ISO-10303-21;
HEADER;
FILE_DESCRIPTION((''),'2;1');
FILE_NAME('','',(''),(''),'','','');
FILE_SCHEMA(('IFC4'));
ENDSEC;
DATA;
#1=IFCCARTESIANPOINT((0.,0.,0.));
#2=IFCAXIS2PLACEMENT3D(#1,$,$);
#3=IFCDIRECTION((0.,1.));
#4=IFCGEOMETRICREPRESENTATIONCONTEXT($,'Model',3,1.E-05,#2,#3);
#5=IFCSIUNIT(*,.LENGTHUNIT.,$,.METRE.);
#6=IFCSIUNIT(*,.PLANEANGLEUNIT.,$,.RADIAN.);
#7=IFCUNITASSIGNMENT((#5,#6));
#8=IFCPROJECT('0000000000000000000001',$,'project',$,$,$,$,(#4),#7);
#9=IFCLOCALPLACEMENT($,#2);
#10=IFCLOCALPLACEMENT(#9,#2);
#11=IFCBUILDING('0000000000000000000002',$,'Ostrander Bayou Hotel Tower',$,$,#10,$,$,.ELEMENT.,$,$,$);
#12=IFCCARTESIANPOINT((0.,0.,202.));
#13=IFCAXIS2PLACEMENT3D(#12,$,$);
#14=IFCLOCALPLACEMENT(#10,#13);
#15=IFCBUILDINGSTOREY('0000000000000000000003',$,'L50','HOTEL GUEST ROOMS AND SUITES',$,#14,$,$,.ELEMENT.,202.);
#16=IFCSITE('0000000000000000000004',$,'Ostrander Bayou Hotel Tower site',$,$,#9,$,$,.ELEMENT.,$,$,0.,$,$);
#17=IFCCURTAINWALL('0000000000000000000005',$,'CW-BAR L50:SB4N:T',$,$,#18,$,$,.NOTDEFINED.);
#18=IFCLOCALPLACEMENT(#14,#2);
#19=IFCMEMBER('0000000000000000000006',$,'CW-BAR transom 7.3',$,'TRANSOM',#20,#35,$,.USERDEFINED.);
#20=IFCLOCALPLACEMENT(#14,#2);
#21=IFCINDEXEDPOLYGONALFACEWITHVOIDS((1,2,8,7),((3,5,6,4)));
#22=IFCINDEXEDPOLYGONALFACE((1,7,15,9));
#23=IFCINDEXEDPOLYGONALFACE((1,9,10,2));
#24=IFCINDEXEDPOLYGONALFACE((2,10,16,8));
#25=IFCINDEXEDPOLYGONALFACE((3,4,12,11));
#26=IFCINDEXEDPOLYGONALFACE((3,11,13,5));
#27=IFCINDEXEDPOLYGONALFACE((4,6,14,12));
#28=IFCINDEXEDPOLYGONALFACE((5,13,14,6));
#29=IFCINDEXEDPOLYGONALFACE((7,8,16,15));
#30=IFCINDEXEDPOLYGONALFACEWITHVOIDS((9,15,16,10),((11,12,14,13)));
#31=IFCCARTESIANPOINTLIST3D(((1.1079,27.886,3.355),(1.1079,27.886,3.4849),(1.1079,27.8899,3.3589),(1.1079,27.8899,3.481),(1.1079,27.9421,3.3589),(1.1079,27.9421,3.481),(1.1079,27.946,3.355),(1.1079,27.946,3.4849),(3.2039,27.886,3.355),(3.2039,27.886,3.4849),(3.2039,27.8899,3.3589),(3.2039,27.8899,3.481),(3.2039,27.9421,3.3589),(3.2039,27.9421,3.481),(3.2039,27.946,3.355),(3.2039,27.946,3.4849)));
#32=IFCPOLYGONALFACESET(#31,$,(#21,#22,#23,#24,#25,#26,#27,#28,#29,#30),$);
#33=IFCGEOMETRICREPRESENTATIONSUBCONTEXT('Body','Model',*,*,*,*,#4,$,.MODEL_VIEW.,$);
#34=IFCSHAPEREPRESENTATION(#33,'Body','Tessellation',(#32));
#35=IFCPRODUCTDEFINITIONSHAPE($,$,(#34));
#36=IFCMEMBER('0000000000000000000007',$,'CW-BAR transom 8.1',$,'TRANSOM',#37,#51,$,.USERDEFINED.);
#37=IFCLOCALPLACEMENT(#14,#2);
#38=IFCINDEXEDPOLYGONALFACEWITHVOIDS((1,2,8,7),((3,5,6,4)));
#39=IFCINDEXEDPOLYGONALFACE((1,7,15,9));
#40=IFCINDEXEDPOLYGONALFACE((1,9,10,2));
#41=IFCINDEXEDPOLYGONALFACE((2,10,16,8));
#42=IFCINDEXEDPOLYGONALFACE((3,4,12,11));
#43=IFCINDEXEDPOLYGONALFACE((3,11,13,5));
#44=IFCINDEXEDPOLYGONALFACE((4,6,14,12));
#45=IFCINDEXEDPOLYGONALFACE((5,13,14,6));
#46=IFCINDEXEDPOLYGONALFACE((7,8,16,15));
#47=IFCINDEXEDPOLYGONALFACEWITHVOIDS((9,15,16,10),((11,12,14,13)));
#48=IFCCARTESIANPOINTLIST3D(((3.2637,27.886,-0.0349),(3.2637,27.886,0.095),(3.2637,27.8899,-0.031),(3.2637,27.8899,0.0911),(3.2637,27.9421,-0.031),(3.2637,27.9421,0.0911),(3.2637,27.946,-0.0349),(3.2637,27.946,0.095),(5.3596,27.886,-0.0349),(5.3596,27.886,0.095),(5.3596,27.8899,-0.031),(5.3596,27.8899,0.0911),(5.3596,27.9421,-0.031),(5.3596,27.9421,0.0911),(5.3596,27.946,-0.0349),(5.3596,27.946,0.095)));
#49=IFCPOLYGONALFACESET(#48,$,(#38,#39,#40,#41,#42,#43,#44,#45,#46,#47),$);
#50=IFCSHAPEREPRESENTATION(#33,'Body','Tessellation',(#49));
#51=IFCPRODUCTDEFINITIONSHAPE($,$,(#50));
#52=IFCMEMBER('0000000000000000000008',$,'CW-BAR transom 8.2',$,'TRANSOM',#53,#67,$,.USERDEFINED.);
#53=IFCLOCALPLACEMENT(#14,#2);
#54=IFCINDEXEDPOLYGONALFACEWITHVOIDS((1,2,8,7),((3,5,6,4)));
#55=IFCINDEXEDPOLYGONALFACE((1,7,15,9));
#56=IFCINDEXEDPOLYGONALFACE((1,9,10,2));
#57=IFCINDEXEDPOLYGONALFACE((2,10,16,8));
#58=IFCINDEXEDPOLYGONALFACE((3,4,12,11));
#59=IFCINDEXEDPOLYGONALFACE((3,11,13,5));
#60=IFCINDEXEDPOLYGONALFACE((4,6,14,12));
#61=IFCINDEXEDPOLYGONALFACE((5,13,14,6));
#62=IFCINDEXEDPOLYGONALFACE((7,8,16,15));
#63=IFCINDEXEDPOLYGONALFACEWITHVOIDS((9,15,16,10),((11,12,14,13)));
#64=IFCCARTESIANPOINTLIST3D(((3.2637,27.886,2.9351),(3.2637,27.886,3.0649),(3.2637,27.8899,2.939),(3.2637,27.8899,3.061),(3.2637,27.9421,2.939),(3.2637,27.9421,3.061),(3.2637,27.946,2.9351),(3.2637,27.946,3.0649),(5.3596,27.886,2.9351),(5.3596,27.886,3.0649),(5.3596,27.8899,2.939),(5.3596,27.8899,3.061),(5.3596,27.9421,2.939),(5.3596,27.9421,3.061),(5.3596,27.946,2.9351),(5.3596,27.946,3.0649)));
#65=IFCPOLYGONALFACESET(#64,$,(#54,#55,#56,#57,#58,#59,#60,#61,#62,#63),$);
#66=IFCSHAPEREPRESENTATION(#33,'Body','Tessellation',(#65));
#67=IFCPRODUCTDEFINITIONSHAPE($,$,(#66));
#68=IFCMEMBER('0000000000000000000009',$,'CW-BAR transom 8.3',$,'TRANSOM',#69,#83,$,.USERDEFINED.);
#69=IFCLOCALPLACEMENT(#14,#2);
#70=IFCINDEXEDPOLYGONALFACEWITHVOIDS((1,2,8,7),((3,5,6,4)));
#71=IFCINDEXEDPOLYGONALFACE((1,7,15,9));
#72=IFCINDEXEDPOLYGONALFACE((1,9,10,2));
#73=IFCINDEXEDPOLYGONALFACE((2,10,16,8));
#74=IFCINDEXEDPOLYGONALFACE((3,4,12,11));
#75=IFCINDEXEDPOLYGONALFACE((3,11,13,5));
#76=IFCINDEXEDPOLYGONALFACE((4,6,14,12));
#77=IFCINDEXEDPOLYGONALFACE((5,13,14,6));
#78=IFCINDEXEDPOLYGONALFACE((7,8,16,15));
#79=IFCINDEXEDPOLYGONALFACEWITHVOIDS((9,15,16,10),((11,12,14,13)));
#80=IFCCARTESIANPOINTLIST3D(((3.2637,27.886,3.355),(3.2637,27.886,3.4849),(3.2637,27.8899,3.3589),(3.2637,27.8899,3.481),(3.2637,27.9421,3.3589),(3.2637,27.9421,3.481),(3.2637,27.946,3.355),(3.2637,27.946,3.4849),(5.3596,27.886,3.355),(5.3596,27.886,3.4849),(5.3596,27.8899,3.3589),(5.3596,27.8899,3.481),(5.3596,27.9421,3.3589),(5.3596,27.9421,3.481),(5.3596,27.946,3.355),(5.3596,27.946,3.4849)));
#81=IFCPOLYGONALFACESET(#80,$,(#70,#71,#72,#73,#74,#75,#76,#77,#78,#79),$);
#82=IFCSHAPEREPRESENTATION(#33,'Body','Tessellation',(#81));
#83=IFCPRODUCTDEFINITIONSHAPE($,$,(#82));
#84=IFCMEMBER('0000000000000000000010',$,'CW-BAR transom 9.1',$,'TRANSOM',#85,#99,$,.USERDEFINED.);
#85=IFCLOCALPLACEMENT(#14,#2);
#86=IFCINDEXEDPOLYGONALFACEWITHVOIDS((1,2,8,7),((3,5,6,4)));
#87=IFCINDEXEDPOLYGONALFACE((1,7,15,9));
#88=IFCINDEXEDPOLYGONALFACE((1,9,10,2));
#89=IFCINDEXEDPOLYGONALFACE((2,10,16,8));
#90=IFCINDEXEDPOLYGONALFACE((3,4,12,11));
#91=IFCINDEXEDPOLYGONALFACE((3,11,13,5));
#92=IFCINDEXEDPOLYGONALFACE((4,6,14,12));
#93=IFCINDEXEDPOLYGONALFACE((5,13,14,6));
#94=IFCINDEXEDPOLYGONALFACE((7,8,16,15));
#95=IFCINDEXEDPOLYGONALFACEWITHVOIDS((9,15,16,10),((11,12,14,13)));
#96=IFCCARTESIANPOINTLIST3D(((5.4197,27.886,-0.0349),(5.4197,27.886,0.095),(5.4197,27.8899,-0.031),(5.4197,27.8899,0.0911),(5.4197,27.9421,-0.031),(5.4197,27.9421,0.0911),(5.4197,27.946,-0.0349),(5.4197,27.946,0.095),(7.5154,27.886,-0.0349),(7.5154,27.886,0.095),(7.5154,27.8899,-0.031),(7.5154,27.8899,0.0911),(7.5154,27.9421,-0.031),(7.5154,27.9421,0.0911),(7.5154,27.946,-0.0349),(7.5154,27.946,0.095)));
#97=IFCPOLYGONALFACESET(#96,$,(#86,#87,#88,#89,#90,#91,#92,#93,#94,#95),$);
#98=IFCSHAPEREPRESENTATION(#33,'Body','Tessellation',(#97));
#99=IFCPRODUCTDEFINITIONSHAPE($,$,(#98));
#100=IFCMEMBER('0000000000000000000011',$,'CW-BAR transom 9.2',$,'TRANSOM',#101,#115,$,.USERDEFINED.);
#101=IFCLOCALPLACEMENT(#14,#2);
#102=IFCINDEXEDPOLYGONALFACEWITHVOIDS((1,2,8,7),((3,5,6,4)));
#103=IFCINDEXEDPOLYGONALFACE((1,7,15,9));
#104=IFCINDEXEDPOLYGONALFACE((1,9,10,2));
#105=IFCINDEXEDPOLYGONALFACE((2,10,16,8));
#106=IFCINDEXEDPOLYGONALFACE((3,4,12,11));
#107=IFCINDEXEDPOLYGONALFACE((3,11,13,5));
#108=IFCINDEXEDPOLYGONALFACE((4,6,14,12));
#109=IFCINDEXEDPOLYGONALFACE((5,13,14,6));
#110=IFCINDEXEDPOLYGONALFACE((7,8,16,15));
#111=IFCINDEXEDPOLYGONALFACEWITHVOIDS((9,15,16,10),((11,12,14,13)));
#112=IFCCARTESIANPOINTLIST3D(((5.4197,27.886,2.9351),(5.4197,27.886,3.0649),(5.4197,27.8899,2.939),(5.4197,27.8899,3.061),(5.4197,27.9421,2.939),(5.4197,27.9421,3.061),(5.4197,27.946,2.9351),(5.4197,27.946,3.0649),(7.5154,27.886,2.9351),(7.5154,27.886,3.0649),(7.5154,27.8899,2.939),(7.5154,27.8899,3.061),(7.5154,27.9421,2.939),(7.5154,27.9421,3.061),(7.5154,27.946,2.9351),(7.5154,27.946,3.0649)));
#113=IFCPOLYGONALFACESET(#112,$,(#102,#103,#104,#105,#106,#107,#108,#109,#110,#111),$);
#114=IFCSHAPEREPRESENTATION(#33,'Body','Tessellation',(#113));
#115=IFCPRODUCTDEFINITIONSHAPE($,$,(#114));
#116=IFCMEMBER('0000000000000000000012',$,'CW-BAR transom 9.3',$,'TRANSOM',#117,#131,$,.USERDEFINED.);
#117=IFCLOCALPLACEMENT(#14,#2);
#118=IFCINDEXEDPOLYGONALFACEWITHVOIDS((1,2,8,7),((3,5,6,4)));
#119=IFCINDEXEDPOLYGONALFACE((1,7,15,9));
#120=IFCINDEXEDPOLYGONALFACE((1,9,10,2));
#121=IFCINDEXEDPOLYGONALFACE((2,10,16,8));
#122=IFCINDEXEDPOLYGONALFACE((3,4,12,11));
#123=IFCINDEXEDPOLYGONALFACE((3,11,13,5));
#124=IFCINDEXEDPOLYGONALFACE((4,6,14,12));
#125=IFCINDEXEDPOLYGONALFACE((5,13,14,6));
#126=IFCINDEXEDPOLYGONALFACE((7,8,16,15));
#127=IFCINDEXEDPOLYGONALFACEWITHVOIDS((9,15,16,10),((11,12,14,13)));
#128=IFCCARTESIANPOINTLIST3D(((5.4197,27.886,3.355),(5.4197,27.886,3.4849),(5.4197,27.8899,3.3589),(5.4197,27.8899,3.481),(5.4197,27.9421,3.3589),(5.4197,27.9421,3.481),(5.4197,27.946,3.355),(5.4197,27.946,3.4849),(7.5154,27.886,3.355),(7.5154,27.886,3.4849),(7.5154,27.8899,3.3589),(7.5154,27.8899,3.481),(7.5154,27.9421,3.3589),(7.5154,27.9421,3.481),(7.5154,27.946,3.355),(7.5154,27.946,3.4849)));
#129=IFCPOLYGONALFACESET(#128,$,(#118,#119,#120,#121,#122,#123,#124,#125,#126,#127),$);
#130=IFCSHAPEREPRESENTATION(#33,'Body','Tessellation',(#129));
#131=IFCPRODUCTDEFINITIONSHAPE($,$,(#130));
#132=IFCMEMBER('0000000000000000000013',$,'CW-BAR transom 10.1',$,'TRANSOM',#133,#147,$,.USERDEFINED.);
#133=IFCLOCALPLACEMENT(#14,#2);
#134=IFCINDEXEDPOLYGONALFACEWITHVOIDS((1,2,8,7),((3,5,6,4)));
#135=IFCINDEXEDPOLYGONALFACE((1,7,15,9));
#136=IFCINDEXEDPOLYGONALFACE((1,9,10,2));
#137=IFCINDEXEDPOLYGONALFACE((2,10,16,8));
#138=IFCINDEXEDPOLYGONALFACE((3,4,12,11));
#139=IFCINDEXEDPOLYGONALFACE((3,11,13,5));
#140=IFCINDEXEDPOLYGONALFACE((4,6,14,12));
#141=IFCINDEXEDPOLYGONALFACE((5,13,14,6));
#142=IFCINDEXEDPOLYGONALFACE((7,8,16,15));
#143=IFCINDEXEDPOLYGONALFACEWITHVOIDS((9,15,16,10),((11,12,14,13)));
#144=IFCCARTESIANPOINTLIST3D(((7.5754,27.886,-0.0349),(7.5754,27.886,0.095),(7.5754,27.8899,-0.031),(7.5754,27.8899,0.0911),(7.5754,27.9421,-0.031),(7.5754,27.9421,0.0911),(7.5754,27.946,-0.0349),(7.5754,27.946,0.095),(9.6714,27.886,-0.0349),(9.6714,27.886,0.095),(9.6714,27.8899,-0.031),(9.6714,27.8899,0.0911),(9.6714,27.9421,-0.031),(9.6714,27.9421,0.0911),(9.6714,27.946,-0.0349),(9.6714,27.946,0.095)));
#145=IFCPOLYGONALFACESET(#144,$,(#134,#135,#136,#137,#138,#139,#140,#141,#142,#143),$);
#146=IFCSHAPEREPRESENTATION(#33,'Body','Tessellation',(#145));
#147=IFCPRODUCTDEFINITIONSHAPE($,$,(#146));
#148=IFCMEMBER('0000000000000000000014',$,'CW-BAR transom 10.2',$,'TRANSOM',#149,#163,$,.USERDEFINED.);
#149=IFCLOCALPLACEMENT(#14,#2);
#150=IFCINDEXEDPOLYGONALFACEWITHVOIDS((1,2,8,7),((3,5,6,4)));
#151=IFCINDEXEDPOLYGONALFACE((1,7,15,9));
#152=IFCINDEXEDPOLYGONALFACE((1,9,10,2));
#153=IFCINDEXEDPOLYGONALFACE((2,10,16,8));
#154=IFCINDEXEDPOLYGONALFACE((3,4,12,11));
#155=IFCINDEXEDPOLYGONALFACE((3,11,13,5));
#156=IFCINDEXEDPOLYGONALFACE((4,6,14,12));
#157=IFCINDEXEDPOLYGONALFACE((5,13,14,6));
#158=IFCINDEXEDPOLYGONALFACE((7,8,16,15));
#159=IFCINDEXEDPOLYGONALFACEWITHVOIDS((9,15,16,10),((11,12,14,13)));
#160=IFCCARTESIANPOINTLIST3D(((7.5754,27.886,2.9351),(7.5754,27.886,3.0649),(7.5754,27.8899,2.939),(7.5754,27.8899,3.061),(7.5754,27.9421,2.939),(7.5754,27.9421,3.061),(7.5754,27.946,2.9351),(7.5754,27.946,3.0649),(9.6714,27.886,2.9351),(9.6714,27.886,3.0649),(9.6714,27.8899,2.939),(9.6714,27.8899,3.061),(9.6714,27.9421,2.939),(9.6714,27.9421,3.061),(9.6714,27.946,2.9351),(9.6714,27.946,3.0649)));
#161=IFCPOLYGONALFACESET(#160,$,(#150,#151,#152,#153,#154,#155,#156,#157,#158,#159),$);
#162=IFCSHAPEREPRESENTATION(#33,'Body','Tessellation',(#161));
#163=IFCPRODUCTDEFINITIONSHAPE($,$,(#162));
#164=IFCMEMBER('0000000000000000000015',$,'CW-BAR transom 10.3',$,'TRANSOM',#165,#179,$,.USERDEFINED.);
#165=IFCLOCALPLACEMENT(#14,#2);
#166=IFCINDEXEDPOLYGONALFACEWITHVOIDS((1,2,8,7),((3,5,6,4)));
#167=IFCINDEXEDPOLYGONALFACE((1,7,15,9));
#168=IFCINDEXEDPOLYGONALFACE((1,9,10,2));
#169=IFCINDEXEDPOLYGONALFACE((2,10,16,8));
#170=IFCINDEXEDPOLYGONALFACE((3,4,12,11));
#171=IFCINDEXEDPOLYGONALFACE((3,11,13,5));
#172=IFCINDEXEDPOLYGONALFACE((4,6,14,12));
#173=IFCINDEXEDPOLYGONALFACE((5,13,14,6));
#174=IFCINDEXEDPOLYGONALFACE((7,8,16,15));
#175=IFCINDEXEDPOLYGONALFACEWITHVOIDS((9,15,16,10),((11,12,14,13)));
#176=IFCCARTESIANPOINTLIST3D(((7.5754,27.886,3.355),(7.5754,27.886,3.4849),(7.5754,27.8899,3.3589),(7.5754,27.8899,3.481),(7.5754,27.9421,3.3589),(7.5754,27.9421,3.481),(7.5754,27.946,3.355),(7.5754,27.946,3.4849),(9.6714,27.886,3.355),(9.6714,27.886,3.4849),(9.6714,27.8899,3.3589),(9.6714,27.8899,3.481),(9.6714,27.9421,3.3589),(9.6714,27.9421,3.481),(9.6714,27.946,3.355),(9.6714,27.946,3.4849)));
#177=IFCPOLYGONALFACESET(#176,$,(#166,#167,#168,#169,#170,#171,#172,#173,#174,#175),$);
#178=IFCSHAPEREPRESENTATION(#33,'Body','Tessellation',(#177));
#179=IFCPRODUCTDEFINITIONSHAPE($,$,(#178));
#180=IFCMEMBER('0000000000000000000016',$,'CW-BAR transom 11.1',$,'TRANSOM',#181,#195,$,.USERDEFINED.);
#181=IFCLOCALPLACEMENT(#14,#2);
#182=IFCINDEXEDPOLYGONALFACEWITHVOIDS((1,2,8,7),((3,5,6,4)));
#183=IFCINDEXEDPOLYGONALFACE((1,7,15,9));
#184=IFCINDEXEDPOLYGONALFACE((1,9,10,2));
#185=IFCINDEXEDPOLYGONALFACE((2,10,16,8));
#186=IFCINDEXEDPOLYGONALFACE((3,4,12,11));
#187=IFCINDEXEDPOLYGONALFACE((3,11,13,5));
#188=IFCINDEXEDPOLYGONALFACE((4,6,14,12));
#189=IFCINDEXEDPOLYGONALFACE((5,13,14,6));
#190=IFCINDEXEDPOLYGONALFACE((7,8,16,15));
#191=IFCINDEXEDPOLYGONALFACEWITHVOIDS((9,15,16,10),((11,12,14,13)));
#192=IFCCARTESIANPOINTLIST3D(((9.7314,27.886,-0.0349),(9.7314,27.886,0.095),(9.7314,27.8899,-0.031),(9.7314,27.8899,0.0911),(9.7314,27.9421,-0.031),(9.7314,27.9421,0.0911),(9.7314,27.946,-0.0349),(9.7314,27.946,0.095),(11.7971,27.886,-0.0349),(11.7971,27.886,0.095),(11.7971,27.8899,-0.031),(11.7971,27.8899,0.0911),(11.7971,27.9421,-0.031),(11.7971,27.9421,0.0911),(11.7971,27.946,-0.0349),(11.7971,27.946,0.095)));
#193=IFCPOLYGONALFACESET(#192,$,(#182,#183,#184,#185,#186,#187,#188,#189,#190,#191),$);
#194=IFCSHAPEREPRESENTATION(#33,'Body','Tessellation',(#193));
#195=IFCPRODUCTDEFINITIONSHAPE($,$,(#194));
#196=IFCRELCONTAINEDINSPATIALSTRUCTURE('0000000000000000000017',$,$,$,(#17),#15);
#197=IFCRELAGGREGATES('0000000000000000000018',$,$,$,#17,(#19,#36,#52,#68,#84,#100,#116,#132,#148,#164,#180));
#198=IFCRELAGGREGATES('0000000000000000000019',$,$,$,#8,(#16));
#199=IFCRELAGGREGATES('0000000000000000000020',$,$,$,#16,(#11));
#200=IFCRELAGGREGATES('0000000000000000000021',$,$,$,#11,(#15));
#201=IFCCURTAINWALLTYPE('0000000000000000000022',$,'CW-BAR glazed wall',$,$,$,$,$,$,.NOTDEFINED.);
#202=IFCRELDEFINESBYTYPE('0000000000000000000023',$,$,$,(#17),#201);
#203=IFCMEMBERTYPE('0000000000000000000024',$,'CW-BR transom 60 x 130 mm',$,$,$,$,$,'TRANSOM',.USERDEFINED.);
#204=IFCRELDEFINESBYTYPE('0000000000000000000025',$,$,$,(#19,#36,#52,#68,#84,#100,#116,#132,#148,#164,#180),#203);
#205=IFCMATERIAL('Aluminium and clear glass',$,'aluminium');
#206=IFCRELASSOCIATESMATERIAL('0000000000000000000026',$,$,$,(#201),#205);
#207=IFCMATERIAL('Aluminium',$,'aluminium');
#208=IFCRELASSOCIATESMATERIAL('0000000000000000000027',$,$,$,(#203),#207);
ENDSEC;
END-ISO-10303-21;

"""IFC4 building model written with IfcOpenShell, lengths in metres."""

from ifc_helpers import new_model, si_unit, direction, frame, origin, origin_2d, place, context, subcontext, project, spatial, hollow_rectangle, extrude, material, material_profile, profile_set, type_object, element, aggregate, save


model = new_model("IFC4")

# Units and contexts
model_context = context("Model", 3, precision=1e-05, world=origin(), true_north=direction((0.0, 1.0)))
body_context = subcontext(model_context, "Body", "Model", "MODEL_VIEW")
ifc_project = project(units=[si_unit("LENGTHUNIT", "METRE"), si_unit("PLANEANGLEUNIT", "RADIAN")], contexts=[model_context])

# Site, building, storey
site_placement = place(None, origin())
site = spatial("IfcSite", under=ifc_project, at=site_placement, Name="Ostrander Bayou Hotel Tower site", CompositionType="ELEMENT", RefElevation=0.0)
building_placement = place(site_placement, origin())
building = spatial("IfcBuilding", under=site, at=building_placement, Name="Ostrander Bayou Hotel Tower", CompositionType="ELEMENT")
storey_placement = place(building_placement, frame((0.0, 0.0, 202.0)))
storey = spatial("IfcBuildingStorey", under=building, at=storey_placement, Name="L50", Description="HOTEL GUEST ROOMS AND SUITES", CompositionType="ELEMENT", Elevation=202.0)

# Curtain wall, members
ifc_material_1 = material(Name="Aluminium and clear glass", Category="aluminium")
curtain_wall_type = type_object("IfcCurtainWallType", Name="CW-BAR glazed wall", PredefinedType="NOTDEFINED", material=ifc_material_1)
curtain_wall_placement = place(storey_placement, origin())
curtain_wall = element("IfcCurtainWall", 1, at=curtain_wall_placement, inside=storey, type_object=curtain_wall_type, Name="CW-BAR L50:SB4N:T", PredefinedType="NOTDEFINED")
ifc_material_2 = material(Name="Aluminium", Category="aluminium")
ifc_material_profile_1 = material_profile(ifc_material_2, hollow_rectangle(XDim=0.0601, YDim=0.1299, WallThickness=0.0039, at=origin_2d()))
ifc_profile_set_1 = profile_set([ifc_material_profile_1], Name="Aluminium")
member_type_1 = type_object("IfcMemberType", Name="CW-BR transom 60 x 130 mm", ElementType="TRANSOM", PredefinedType="USERDEFINED", material=ifc_profile_set_1)
member_1_placement = place(storey_placement, frame((1.1079, 27.916, 3.4199), z_axis=(1.0, 0.0, 0.0), x_axis=(0.0, 1.0, 0.0)))
member_1 = element("IfcMember", 2, at=member_1_placement, type_object=member_type_1, Name="CW-BAR transom 7.3", ObjectType="TRANSOM", PredefinedType="USERDEFINED", context=body_context, shape_type="SweptSolid", body=[
    extrude(hollow_rectangle(XDim=0.0601, YDim=0.1299, WallThickness=0.0039, at=origin_2d()), origin(), (0.0, 0.0, 1.0), 2.0959),
])
member_2_placement = place(storey_placement, frame((3.2637, 27.916, 0.03), z_axis=(1.0, 0.0, 0.0), x_axis=(0.0, 1.0, 0.0)))
member_2 = element("IfcMember", 3, at=member_2_placement, type_object=member_type_1, Name="CW-BAR transom 8.1", ObjectType="TRANSOM", PredefinedType="USERDEFINED", context=body_context, shape_type="SweptSolid", body=[
    extrude(hollow_rectangle(XDim=0.0601, YDim=0.1299, WallThickness=0.0039, at=origin_2d()), origin(), (0.0, 0.0, 1.0), 2.0959),
])
member_3_placement = place(storey_placement, frame((3.2637, 27.916, 3.0), z_axis=(1.0, 0.0, 0.0), x_axis=(0.0, 1.0, 0.0)))
member_3 = element("IfcMember", 4, at=member_3_placement, type_object=member_type_1, Name="CW-BAR transom 8.2", ObjectType="TRANSOM", PredefinedType="USERDEFINED", context=body_context, shape_type="SweptSolid", body=[
    extrude(hollow_rectangle(XDim=0.0601, YDim=0.1299, WallThickness=0.0039, at=origin_2d()), origin(), (0.0, 0.0, 1.0), 2.0959),
])
member_4_placement = place(storey_placement, frame((3.2637, 27.916, 3.4199), z_axis=(1.0, 0.0, 0.0), x_axis=(0.0, 1.0, 0.0)))
member_4 = element("IfcMember", 5, at=member_4_placement, type_object=member_type_1, Name="CW-BAR transom 8.3", ObjectType="TRANSOM", PredefinedType="USERDEFINED", context=body_context, shape_type="SweptSolid", body=[
    extrude(hollow_rectangle(XDim=0.0601, YDim=0.1299, WallThickness=0.0039, at=origin_2d()), origin(), (0.0, 0.0, 1.0), 2.0959),
])
member_5_placement = place(storey_placement, frame((5.4197, 27.916, 0.03), z_axis=(1.0, 0.0, 0.0), x_axis=(0.0, 1.0, 0.0)))
member_5 = element("IfcMember", 6, at=member_5_placement, type_object=member_type_1, Name="CW-BAR transom 9.1", ObjectType="TRANSOM", PredefinedType="USERDEFINED", context=body_context, shape_type="SweptSolid", body=[
    extrude(hollow_rectangle(XDim=0.0601, YDim=0.1299, WallThickness=0.0039, at=origin_2d()), origin(), (0.0, 0.0, 1.0), 2.0957),
])
member_6_placement = place(storey_placement, frame((5.4197, 27.916, 3.0), z_axis=(1.0, 0.0, 0.0), x_axis=(0.0, 1.0, 0.0)))
member_6 = element("IfcMember", 7, at=member_6_placement, type_object=member_type_1, Name="CW-BAR transom 9.2", ObjectType="TRANSOM", PredefinedType="USERDEFINED", context=body_context, shape_type="SweptSolid", body=[
    extrude(hollow_rectangle(XDim=0.0601, YDim=0.1299, WallThickness=0.0039, at=origin_2d()), origin(), (0.0, 0.0, 1.0), 2.0957),
])
member_7_placement = place(storey_placement, frame((5.4197, 27.916, 3.4199), z_axis=(1.0, 0.0, 0.0), x_axis=(0.0, 1.0, 0.0)))
member_7 = element("IfcMember", 8, at=member_7_placement, type_object=member_type_1, Name="CW-BAR transom 9.3", ObjectType="TRANSOM", PredefinedType="USERDEFINED", context=body_context, shape_type="SweptSolid", body=[
    extrude(hollow_rectangle(XDim=0.0601, YDim=0.1299, WallThickness=0.0039, at=origin_2d()), origin(), (0.0, 0.0, 1.0), 2.0957),
])
member_8_placement = place(storey_placement, frame((7.5754, 27.916, 0.03), z_axis=(1.0, 0.0, 0.0), x_axis=(0.0, 1.0, 0.0)))
member_8 = element("IfcMember", 9, at=member_8_placement, type_object=member_type_1, Name="CW-BAR transom 10.1", ObjectType="TRANSOM", PredefinedType="USERDEFINED", context=body_context, shape_type="SweptSolid", body=[
    extrude(hollow_rectangle(XDim=0.0601, YDim=0.1299, WallThickness=0.0039, at=origin_2d()), origin(), (0.0, 0.0, 1.0), 2.0959),
])
member_9_placement = place(storey_placement, frame((7.5754, 27.916, 3.0), z_axis=(1.0, 0.0, 0.0), x_axis=(0.0, 1.0, 0.0)))
member_9 = element("IfcMember", 10, at=member_9_placement, type_object=member_type_1, Name="CW-BAR transom 10.2", ObjectType="TRANSOM", PredefinedType="USERDEFINED", context=body_context, shape_type="SweptSolid", body=[
    extrude(hollow_rectangle(XDim=0.0601, YDim=0.1299, WallThickness=0.0039, at=origin_2d()), origin(), (0.0, 0.0, 1.0), 2.0959),
])
member_10_placement = place(storey_placement, frame((7.5754, 27.916, 3.4199), z_axis=(1.0, 0.0, 0.0), x_axis=(0.0, 1.0, 0.0)))
member_10 = element("IfcMember", 11, at=member_10_placement, type_object=member_type_1, Name="CW-BAR transom 10.3", ObjectType="TRANSOM", PredefinedType="USERDEFINED", context=body_context, shape_type="SweptSolid", body=[
    extrude(hollow_rectangle(XDim=0.0601, YDim=0.1299, WallThickness=0.0039, at=origin_2d()), origin(), (0.0, 0.0, 1.0), 2.0959),
])
member_11_placement = place(storey_placement, frame((9.7314, 27.916, 0.03), z_axis=(1.0, 0.0, 0.0), x_axis=(0.0, 1.0, 0.0)))
member_11 = element("IfcMember", 12, at=member_11_placement, type_object=member_type_1, Name="CW-BAR transom 11.1", ObjectType="TRANSOM", PredefinedType="USERDEFINED", context=body_context, shape_type="SweptSolid", body=[
    extrude(hollow_rectangle(XDim=0.0601, YDim=0.1299, WallThickness=0.0039, at=origin_2d()), origin(), (0.0, 0.0, 1.0), 2.0657),
])
aggregate(curtain_wall, [member_1, member_2, member_3, member_4, member_5, member_6, member_7, member_8, member_9, member_10, member_11])

save(model, "model.ifc")
